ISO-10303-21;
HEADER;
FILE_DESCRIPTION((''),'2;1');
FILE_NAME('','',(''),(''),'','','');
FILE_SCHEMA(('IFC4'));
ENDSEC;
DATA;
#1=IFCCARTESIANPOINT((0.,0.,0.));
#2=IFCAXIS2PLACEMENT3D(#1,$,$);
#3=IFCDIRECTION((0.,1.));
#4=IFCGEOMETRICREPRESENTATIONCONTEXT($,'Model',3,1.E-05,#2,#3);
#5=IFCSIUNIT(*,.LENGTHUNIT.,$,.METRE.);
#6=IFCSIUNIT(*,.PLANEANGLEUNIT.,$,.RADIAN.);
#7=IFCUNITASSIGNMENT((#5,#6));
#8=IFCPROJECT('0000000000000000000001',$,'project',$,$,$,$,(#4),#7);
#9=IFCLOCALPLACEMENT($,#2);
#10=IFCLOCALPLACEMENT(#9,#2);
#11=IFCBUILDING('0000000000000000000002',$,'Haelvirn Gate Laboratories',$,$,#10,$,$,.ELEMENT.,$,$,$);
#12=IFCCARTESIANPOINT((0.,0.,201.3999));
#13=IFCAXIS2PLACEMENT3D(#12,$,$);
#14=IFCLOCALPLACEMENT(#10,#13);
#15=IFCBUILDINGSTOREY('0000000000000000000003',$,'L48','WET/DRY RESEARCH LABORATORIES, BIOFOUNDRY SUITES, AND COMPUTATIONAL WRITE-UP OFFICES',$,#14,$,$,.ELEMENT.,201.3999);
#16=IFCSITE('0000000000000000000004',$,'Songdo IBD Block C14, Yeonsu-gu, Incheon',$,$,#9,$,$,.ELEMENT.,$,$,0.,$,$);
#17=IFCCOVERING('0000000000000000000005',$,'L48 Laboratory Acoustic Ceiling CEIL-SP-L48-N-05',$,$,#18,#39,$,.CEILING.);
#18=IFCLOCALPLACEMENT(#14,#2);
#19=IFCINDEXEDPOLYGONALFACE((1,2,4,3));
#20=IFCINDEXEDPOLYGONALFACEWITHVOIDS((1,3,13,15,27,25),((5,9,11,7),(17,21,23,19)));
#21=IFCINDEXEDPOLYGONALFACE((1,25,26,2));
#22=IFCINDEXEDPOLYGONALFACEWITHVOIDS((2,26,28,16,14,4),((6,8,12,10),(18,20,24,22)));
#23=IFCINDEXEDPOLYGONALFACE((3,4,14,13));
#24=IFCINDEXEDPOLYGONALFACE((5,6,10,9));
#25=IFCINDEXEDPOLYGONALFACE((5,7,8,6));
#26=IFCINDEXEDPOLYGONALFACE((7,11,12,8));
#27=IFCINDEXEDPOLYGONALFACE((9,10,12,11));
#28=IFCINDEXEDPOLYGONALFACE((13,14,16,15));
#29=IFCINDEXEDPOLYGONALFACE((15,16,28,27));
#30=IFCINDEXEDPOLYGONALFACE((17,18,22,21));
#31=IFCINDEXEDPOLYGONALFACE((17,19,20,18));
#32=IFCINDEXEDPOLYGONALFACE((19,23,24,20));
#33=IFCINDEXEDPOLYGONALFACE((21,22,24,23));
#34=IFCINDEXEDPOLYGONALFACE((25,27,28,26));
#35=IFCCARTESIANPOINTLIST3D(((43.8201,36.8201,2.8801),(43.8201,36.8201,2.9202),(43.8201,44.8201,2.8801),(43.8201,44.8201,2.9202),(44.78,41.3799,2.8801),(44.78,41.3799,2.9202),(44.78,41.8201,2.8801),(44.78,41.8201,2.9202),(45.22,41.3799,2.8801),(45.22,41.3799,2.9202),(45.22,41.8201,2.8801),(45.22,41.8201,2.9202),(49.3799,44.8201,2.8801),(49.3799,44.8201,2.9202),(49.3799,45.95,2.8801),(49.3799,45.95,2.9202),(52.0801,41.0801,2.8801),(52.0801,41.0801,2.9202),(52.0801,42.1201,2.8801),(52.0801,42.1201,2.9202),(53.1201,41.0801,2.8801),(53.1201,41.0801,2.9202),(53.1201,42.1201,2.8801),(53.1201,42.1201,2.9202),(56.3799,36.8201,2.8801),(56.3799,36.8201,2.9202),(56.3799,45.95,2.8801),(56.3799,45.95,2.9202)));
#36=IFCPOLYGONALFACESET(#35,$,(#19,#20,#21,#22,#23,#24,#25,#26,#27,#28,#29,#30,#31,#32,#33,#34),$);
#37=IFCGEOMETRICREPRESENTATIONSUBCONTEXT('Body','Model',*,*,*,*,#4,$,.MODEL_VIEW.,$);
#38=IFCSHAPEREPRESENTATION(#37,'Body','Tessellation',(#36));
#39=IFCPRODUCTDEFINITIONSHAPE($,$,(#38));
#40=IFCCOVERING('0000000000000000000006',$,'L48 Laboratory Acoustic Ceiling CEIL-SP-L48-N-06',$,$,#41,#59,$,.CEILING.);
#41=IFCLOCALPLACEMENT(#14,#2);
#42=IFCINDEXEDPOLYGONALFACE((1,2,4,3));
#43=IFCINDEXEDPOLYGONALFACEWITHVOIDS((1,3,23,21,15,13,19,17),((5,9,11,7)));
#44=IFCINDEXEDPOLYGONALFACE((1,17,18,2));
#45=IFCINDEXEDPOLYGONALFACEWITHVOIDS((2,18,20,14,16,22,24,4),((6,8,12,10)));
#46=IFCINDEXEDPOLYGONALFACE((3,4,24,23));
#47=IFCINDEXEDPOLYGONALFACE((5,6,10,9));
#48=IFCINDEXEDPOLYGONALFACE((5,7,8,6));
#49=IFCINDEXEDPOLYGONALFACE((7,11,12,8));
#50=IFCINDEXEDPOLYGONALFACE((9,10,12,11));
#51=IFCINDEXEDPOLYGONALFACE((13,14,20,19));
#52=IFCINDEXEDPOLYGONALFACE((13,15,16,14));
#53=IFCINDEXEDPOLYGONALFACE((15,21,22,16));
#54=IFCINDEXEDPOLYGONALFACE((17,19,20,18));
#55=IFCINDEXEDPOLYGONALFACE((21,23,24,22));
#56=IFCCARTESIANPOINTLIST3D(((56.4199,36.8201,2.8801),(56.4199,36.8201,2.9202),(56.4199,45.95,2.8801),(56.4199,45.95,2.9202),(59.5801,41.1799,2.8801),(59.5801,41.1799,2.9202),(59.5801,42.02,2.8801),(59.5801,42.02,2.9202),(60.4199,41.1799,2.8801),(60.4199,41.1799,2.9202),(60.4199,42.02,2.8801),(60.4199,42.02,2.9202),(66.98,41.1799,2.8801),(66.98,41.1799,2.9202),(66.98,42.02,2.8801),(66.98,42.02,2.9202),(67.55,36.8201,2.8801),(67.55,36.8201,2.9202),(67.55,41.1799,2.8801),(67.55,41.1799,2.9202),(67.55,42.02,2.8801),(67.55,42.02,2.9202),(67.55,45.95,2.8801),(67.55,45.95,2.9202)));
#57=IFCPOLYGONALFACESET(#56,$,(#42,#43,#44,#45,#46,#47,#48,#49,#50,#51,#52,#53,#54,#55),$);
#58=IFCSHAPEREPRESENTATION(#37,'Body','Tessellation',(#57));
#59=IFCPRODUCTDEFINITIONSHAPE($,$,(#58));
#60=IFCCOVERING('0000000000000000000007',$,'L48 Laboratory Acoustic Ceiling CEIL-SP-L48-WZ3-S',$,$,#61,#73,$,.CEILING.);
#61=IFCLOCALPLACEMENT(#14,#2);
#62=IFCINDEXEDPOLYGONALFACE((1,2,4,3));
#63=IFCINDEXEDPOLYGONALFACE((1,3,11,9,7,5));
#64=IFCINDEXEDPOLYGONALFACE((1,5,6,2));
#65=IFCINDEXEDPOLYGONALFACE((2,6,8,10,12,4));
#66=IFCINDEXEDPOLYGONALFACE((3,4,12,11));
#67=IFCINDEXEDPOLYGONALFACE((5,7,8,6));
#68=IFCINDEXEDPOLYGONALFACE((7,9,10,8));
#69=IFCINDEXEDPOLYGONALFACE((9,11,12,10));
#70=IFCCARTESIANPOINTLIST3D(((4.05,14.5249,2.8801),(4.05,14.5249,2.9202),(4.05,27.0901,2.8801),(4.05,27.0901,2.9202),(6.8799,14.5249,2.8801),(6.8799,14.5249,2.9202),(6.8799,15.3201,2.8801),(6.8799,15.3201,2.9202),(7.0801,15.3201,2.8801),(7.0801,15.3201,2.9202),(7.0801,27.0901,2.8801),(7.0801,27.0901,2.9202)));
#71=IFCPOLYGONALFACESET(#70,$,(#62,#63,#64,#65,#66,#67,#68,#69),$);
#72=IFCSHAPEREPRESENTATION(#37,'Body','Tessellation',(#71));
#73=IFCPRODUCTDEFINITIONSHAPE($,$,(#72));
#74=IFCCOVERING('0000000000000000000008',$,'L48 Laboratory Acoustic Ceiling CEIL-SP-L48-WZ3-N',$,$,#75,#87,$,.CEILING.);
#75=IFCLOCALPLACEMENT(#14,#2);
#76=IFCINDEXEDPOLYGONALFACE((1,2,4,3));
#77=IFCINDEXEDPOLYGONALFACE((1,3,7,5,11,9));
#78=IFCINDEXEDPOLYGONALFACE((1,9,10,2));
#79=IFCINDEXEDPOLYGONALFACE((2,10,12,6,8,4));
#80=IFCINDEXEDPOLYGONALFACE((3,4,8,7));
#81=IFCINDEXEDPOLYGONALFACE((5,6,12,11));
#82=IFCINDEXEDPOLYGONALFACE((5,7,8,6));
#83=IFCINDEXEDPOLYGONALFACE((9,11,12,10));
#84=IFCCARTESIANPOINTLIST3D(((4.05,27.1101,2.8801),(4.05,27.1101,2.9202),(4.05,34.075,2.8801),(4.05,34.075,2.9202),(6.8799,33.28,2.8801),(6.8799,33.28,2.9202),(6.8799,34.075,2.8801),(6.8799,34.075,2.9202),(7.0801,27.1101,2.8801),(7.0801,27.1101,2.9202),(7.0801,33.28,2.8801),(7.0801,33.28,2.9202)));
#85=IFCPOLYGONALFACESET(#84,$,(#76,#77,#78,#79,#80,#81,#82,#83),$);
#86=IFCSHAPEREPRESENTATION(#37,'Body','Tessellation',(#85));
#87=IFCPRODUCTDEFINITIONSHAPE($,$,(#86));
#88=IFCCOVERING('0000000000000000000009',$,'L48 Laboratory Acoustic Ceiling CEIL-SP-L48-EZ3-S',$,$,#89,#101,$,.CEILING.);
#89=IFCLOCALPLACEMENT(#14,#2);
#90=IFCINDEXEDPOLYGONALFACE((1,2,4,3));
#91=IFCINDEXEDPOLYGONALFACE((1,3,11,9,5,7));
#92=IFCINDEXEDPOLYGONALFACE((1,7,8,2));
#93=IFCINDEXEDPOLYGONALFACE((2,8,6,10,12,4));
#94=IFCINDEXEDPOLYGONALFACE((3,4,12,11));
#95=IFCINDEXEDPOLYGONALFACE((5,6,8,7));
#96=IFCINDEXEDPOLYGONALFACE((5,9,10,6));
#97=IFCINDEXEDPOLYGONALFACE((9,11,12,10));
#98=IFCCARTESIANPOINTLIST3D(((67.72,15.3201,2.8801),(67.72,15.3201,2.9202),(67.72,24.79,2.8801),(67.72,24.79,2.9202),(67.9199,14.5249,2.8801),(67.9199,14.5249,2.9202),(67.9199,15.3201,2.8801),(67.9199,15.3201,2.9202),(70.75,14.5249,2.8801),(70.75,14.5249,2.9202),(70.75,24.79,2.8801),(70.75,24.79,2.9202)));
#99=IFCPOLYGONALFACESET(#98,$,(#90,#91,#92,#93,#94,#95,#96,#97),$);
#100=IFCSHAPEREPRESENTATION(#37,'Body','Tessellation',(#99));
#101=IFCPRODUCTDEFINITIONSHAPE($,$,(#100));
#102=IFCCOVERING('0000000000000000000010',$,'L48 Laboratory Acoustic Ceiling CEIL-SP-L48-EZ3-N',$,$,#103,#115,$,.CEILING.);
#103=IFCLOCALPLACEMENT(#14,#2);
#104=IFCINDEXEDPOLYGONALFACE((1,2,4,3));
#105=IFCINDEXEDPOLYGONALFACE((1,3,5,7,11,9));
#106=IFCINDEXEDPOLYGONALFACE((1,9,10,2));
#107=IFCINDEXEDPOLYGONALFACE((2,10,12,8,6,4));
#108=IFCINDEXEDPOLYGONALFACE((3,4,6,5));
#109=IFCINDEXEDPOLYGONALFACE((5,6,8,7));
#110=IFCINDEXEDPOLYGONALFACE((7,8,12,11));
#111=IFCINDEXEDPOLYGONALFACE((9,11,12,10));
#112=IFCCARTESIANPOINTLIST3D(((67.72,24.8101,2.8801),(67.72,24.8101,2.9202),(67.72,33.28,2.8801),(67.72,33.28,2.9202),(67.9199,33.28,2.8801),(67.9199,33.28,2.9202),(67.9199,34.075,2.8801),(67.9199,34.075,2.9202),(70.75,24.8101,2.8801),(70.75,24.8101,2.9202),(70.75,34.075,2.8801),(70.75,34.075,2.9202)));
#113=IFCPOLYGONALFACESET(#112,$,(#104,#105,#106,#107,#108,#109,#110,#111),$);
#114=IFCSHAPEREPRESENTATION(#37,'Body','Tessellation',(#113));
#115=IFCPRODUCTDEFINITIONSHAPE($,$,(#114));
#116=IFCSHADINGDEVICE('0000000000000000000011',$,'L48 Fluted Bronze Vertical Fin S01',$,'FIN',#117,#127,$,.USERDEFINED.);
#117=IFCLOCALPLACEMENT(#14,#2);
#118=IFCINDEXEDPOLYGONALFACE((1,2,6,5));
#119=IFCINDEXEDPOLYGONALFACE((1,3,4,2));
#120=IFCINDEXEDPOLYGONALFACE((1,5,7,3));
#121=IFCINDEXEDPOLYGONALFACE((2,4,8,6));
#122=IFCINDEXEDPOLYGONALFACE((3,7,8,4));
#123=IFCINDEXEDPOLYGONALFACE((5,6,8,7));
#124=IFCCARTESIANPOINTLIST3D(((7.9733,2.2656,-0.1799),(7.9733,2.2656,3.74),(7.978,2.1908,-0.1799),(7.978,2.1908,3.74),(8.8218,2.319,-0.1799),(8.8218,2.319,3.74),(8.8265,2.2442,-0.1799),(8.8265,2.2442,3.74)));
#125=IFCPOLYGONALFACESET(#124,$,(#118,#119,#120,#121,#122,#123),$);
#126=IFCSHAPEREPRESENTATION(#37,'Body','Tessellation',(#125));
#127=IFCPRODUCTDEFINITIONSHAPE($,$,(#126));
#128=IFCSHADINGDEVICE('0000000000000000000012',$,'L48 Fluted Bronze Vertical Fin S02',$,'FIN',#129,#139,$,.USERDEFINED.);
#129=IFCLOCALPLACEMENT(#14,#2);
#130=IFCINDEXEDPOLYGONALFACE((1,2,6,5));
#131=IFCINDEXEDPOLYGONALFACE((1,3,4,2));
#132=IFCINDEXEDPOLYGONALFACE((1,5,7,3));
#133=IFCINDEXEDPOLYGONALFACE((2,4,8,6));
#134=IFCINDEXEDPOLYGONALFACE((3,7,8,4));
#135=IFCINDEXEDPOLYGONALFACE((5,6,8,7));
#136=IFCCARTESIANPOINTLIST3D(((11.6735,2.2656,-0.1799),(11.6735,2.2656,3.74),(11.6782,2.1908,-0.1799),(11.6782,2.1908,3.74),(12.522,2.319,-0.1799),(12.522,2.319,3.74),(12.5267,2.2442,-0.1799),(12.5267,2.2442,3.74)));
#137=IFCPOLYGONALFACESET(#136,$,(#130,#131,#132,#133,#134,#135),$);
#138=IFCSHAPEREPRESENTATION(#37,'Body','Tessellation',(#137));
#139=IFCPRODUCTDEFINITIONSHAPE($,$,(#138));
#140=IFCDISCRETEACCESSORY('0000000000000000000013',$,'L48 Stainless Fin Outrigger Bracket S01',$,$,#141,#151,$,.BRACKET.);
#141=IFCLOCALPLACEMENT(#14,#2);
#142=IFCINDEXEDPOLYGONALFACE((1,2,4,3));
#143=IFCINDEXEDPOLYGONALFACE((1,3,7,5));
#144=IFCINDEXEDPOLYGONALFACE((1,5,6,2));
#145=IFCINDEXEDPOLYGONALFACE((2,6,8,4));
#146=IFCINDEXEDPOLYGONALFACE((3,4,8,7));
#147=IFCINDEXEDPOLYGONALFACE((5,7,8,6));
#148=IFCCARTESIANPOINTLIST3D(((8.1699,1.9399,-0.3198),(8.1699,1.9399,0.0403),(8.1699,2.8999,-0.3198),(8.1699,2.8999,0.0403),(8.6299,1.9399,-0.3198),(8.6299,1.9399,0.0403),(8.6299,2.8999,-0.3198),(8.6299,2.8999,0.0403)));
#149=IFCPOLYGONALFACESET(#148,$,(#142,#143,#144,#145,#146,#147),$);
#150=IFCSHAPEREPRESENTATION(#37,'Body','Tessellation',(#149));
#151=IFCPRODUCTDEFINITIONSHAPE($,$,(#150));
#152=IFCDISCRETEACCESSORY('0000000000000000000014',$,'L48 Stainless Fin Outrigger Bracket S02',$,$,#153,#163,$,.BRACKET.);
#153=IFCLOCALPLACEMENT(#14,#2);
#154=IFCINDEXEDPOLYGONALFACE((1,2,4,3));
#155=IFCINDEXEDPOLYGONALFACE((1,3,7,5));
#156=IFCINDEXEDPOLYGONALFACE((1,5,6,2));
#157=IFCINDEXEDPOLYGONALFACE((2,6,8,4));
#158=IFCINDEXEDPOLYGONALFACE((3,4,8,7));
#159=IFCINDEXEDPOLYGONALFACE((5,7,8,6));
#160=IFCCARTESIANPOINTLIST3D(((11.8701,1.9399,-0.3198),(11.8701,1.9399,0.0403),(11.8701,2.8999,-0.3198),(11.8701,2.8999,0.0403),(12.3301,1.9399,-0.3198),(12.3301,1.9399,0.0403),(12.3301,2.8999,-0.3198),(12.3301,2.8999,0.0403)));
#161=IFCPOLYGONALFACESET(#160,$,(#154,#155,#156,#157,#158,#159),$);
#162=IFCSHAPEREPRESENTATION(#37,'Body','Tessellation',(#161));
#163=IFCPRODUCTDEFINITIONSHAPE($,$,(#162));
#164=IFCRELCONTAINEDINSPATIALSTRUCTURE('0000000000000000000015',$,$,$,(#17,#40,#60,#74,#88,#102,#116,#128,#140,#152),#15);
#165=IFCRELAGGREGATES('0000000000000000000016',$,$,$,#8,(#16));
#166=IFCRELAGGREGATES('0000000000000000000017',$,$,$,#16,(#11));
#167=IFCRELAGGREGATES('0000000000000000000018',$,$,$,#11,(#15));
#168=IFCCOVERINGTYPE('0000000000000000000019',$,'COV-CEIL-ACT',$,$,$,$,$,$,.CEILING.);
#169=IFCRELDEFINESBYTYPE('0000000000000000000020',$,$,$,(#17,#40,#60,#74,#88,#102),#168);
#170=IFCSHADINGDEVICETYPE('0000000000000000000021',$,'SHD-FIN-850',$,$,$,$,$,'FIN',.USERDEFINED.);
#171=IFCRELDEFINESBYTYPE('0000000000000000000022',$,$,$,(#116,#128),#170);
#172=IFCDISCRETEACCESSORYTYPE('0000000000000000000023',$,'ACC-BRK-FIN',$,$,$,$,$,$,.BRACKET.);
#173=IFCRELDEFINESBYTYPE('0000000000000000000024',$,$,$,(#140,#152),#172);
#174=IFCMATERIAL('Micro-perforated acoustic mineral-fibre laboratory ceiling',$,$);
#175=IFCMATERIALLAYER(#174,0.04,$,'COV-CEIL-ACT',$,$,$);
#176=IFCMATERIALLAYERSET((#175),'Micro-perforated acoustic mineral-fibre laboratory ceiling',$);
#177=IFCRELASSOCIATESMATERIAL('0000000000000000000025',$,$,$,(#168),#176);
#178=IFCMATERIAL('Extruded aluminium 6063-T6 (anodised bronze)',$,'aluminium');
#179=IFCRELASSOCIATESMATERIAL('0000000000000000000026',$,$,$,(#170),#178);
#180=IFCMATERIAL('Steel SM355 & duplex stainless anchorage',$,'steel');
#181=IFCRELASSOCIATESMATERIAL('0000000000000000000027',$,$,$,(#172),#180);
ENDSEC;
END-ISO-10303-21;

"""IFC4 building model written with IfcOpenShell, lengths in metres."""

from ifc_helpers import new_model, si_unit, direction, frame, origin, origin_2d, place, context, subcontext, project, spatial, polyline, rectangle, outline, extrude, source, transform, mapped, material, layer, layer_set, material_profile, profile_set, type_object, type_shapes, element, save


model = new_model("IFC4")

# Units and contexts
model_context = context("Model", 3, precision=1e-05, world=origin(), true_north=direction((0.0, 1.0)))
body_context = subcontext(model_context, "Body", "Model", "MODEL_VIEW")
ifc_project = project(units=[si_unit("LENGTHUNIT", "METRE"), si_unit("PLANEANGLEUNIT", "RADIAN")], contexts=[model_context])

# Site, building, storey
site_placement = place(None, origin())
site = spatial("IfcSite", under=ifc_project, at=site_placement, Name="Songdo IBD Block C14, Yeonsu-gu, Incheon", CompositionType="ELEMENT", RefElevation=0.0)
building_placement = place(site_placement, origin())
building = spatial("IfcBuilding", under=site, at=building_placement, Name="Haelvirn Gate Laboratories", CompositionType="ELEMENT")
storey_placement = place(building_placement, frame((0.0, 0.0, 201.3999)))
storey = spatial("IfcBuildingStorey", under=building, at=storey_placement, Name="L48", Description="WET/DRY RESEARCH LABORATORIES, BIOFOUNDRY SUITES, AND COMPUTATIONAL WRITE-UP OFFICES", CompositionType="ELEMENT", Elevation=201.3999)

# Shared definitions
ifc_material_1 = material(Name="Extruded aluminium 6063-T6 (anodised bronze)", Category="aluminium")

# Coverings
ifc_material_2 = material(Name="Micro-perforated acoustic mineral-fibre laboratory ceiling")
ifc_layer_1 = layer(ifc_material_2, 0.04, Name="COV-CEIL-ACT")
ifc_layer_set_1 = layer_set([ifc_layer_1], Name="Micro-perforated acoustic mineral-fibre laboratory ceiling")
covering_type = type_object("IfcCoveringType", Name="COV-CEIL-ACT", PredefinedType="CEILING", material=ifc_layer_set_1)
covering_1_placement = place(storey_placement, frame((0.0, 0.0, 2.8801)))
element("IfcCovering", 1, at=covering_1_placement, inside=storey, type_object=covering_type, Name="L48 Laboratory Acoustic Ceiling CEIL-SP-L48-N-05", PredefinedType="CEILING", context=body_context, shape_type="SweptSolid", body=[
    extrude(outline(polyline([(49.3799, 45.95), (56.3799, 45.95), (56.3799, 36.8201), (43.8201, 36.8201), (43.8201, 44.8201), (49.3799, 44.8201), (49.3799, 45.95)]), holes=[polyline([(52.0801, 42.1201), (52.0801, 41.0801), (53.1201, 41.0801), (53.1201, 42.1201), (52.0801, 42.1201)]), polyline([(45.22, 41.8201), (44.78, 41.8201), (44.78, 41.3799), (45.22, 41.3799), (45.22, 41.8201)])]), origin(), (0.0, 0.0, 1.0), 0.04),
])
covering_2_placement = place(storey_placement, frame((0.0, 0.0, 2.8801)))
element("IfcCovering", 2, at=covering_2_placement, inside=storey, type_object=covering_type, Name="L48 Laboratory Acoustic Ceiling CEIL-SP-L48-N-06", PredefinedType="CEILING", context=body_context, shape_type="SweptSolid", body=[
    extrude(outline(polyline([(67.55, 36.8201), (56.4199, 36.8201), (56.4199, 45.95), (67.55, 45.95), (67.55, 42.02), (66.98, 42.02), (66.98, 41.1799), (67.55, 41.1799), (67.55, 36.8201)]), holes=[polyline([(59.5801, 42.02), (59.5801, 41.1799), (60.4199, 41.1799), (60.4199, 42.02), (59.5801, 42.02)])]), origin(), (0.0, 0.0, 1.0), 0.04),
])
covering_3_placement = place(storey_placement, frame((0.0, 0.0, 2.8801)))
element("IfcCovering", 3, at=covering_3_placement, inside=storey, type_object=covering_type, Name="L48 Laboratory Acoustic Ceiling CEIL-SP-L48-WZ3-S", PredefinedType="CEILING", context=body_context, shape_type="SweptSolid", body=[
    extrude(outline(polyline([(7.0801, 27.0901), (7.0801, 15.3201), (6.8799, 15.3201), (6.8799, 14.5249), (4.05, 14.5249), (4.05, 27.0901), (7.0801, 27.0901)])), origin(), (0.0, 0.0, 1.0), 0.04),
])
covering_4_placement = place(storey_placement, frame((0.0, 0.0, 2.8801)))
element("IfcCovering", 4, at=covering_4_placement, inside=storey, type_object=covering_type, Name="L48 Laboratory Acoustic Ceiling CEIL-SP-L48-WZ3-N", PredefinedType="CEILING", context=body_context, shape_type="SweptSolid", body=[
    extrude(outline(polyline([(6.8799, 34.075), (6.8799, 33.28), (7.0801, 33.28), (7.0801, 27.1101), (4.05, 27.1101), (4.05, 34.075), (6.8799, 34.075)])), origin(), (0.0, 0.0, 1.0), 0.04),
])
covering_5_placement = place(storey_placement, frame((0.0, 0.0, 2.8801)))
element("IfcCovering", 5, at=covering_5_placement, inside=storey, type_object=covering_type, Name="L48 Laboratory Acoustic Ceiling CEIL-SP-L48-EZ3-S", PredefinedType="CEILING", context=body_context, shape_type="SweptSolid", body=[
    extrude(outline(polyline([(70.75, 24.79), (70.75, 14.5249), (67.9199, 14.5249), (67.9199, 15.3201), (67.72, 15.3201), (67.72, 24.79), (70.75, 24.79)])), origin(), (0.0, 0.0, 1.0), 0.04),
])
covering_6_placement = place(storey_placement, frame((0.0, 0.0, 2.8801)))
element("IfcCovering", 6, at=covering_6_placement, inside=storey, type_object=covering_type, Name="L48 Laboratory Acoustic Ceiling CEIL-SP-L48-EZ3-N", PredefinedType="CEILING", context=body_context, shape_type="SweptSolid", body=[
    extrude(outline(polyline([(70.75, 34.075), (70.75, 24.8101), (67.72, 24.8101), (67.72, 33.28), (67.9199, 33.28), (67.9199, 34.075), (70.75, 34.075)])), origin(), (0.0, 0.0, 1.0), 0.04),
])

# Shading devices
ifc_material_profile_1 = material_profile(ifc_material_1, rectangle(XDim=0.075, YDim=0.8501, at=origin_2d()), Name="FIN-850x75")
ifc_profile_set_1 = profile_set([ifc_material_profile_1], Name="Extruded aluminium 6063-T6 (anodised bronze)")
shading_device_type = type_object("IfcShadingDeviceType", Name="SHD-FIN-850", ElementType="FIN", PredefinedType="USERDEFINED", material=ifc_profile_set_1)
shared_shape_1 = source(origin(), body_context, "Body", "SweptSolid", [
    extrude(rectangle(XDim=0.075, YDim=0.8501, at=origin_2d()), origin(), (0.0, 0.0, 1.0), 3.9199),
])
type_shapes(shading_device_type, [shared_shape_1])
for number, where, z_axis, x_axis, name in (
    (7, (8.3999, 2.2549, -0.1799), (0.0, 0.0, 1.0), (-0.062791, 0.998027, 0.0), "L48 Fluted Bronze Vertical Fin S01"),
    (8, (12.1001, 2.2549, -0.1799), (0.0, 0.0, 1.0), (-0.062791, 0.998027, 0.0), "L48 Fluted Bronze Vertical Fin S02"),
):
    element("IfcShadingDevice", number, at=place(storey_placement, frame(where, z_axis=z_axis, x_axis=x_axis)), inside=storey, type_object=shading_device_type, Name=name, ObjectType="FIN", PredefinedType="USERDEFINED", context=body_context, shape_type="MappedRepresentation", body=[
        mapped(shared_shape_1, transform((0.0, 0.0, 0.0), scale=1.0)),
    ])

# Discrete accessories
ifc_material_3 = material(Name="Steel SM355 & duplex stainless anchorage", Category="steel")
discrete_accessory_type = type_object("IfcDiscreteAccessoryType", Name="ACC-BRK-FIN", PredefinedType="BRACKET", material=ifc_material_3)
shared_shape_2 = source(origin(), body_context, "Body", "SweptSolid", [
    extrude(rectangle(XDim=0.46, YDim=0.96, at=origin_2d()), origin(), (0.0, 0.0, 1.0), 0.3601),
])
type_shapes(discrete_accessory_type, [shared_shape_2])
for number, where, z_axis, x_axis, name in (
    (9, (8.3999, 2.4199, -0.3198), (0.0, 0.0, 1.0), (1.0, 0.0, 0.0), "L48 Stainless Fin Outrigger Bracket S01"),
    (10, (12.1001, 2.4199, -0.3198), (0.0, 0.0, 1.0), (1.0, 0.0, 0.0), "L48 Stainless Fin Outrigger Bracket S02"),
):
    element("IfcDiscreteAccessory", number, at=place(storey_placement, frame(where, z_axis=z_axis, x_axis=x_axis)), inside=storey, type_object=discrete_accessory_type, Name=name, PredefinedType="BRACKET", context=body_context, shape_type="MappedRepresentation", body=[
        mapped(shared_shape_2, transform((0.0, 0.0, 0.0), scale=1.0)),
    ])

save(model, "model.ifc")
